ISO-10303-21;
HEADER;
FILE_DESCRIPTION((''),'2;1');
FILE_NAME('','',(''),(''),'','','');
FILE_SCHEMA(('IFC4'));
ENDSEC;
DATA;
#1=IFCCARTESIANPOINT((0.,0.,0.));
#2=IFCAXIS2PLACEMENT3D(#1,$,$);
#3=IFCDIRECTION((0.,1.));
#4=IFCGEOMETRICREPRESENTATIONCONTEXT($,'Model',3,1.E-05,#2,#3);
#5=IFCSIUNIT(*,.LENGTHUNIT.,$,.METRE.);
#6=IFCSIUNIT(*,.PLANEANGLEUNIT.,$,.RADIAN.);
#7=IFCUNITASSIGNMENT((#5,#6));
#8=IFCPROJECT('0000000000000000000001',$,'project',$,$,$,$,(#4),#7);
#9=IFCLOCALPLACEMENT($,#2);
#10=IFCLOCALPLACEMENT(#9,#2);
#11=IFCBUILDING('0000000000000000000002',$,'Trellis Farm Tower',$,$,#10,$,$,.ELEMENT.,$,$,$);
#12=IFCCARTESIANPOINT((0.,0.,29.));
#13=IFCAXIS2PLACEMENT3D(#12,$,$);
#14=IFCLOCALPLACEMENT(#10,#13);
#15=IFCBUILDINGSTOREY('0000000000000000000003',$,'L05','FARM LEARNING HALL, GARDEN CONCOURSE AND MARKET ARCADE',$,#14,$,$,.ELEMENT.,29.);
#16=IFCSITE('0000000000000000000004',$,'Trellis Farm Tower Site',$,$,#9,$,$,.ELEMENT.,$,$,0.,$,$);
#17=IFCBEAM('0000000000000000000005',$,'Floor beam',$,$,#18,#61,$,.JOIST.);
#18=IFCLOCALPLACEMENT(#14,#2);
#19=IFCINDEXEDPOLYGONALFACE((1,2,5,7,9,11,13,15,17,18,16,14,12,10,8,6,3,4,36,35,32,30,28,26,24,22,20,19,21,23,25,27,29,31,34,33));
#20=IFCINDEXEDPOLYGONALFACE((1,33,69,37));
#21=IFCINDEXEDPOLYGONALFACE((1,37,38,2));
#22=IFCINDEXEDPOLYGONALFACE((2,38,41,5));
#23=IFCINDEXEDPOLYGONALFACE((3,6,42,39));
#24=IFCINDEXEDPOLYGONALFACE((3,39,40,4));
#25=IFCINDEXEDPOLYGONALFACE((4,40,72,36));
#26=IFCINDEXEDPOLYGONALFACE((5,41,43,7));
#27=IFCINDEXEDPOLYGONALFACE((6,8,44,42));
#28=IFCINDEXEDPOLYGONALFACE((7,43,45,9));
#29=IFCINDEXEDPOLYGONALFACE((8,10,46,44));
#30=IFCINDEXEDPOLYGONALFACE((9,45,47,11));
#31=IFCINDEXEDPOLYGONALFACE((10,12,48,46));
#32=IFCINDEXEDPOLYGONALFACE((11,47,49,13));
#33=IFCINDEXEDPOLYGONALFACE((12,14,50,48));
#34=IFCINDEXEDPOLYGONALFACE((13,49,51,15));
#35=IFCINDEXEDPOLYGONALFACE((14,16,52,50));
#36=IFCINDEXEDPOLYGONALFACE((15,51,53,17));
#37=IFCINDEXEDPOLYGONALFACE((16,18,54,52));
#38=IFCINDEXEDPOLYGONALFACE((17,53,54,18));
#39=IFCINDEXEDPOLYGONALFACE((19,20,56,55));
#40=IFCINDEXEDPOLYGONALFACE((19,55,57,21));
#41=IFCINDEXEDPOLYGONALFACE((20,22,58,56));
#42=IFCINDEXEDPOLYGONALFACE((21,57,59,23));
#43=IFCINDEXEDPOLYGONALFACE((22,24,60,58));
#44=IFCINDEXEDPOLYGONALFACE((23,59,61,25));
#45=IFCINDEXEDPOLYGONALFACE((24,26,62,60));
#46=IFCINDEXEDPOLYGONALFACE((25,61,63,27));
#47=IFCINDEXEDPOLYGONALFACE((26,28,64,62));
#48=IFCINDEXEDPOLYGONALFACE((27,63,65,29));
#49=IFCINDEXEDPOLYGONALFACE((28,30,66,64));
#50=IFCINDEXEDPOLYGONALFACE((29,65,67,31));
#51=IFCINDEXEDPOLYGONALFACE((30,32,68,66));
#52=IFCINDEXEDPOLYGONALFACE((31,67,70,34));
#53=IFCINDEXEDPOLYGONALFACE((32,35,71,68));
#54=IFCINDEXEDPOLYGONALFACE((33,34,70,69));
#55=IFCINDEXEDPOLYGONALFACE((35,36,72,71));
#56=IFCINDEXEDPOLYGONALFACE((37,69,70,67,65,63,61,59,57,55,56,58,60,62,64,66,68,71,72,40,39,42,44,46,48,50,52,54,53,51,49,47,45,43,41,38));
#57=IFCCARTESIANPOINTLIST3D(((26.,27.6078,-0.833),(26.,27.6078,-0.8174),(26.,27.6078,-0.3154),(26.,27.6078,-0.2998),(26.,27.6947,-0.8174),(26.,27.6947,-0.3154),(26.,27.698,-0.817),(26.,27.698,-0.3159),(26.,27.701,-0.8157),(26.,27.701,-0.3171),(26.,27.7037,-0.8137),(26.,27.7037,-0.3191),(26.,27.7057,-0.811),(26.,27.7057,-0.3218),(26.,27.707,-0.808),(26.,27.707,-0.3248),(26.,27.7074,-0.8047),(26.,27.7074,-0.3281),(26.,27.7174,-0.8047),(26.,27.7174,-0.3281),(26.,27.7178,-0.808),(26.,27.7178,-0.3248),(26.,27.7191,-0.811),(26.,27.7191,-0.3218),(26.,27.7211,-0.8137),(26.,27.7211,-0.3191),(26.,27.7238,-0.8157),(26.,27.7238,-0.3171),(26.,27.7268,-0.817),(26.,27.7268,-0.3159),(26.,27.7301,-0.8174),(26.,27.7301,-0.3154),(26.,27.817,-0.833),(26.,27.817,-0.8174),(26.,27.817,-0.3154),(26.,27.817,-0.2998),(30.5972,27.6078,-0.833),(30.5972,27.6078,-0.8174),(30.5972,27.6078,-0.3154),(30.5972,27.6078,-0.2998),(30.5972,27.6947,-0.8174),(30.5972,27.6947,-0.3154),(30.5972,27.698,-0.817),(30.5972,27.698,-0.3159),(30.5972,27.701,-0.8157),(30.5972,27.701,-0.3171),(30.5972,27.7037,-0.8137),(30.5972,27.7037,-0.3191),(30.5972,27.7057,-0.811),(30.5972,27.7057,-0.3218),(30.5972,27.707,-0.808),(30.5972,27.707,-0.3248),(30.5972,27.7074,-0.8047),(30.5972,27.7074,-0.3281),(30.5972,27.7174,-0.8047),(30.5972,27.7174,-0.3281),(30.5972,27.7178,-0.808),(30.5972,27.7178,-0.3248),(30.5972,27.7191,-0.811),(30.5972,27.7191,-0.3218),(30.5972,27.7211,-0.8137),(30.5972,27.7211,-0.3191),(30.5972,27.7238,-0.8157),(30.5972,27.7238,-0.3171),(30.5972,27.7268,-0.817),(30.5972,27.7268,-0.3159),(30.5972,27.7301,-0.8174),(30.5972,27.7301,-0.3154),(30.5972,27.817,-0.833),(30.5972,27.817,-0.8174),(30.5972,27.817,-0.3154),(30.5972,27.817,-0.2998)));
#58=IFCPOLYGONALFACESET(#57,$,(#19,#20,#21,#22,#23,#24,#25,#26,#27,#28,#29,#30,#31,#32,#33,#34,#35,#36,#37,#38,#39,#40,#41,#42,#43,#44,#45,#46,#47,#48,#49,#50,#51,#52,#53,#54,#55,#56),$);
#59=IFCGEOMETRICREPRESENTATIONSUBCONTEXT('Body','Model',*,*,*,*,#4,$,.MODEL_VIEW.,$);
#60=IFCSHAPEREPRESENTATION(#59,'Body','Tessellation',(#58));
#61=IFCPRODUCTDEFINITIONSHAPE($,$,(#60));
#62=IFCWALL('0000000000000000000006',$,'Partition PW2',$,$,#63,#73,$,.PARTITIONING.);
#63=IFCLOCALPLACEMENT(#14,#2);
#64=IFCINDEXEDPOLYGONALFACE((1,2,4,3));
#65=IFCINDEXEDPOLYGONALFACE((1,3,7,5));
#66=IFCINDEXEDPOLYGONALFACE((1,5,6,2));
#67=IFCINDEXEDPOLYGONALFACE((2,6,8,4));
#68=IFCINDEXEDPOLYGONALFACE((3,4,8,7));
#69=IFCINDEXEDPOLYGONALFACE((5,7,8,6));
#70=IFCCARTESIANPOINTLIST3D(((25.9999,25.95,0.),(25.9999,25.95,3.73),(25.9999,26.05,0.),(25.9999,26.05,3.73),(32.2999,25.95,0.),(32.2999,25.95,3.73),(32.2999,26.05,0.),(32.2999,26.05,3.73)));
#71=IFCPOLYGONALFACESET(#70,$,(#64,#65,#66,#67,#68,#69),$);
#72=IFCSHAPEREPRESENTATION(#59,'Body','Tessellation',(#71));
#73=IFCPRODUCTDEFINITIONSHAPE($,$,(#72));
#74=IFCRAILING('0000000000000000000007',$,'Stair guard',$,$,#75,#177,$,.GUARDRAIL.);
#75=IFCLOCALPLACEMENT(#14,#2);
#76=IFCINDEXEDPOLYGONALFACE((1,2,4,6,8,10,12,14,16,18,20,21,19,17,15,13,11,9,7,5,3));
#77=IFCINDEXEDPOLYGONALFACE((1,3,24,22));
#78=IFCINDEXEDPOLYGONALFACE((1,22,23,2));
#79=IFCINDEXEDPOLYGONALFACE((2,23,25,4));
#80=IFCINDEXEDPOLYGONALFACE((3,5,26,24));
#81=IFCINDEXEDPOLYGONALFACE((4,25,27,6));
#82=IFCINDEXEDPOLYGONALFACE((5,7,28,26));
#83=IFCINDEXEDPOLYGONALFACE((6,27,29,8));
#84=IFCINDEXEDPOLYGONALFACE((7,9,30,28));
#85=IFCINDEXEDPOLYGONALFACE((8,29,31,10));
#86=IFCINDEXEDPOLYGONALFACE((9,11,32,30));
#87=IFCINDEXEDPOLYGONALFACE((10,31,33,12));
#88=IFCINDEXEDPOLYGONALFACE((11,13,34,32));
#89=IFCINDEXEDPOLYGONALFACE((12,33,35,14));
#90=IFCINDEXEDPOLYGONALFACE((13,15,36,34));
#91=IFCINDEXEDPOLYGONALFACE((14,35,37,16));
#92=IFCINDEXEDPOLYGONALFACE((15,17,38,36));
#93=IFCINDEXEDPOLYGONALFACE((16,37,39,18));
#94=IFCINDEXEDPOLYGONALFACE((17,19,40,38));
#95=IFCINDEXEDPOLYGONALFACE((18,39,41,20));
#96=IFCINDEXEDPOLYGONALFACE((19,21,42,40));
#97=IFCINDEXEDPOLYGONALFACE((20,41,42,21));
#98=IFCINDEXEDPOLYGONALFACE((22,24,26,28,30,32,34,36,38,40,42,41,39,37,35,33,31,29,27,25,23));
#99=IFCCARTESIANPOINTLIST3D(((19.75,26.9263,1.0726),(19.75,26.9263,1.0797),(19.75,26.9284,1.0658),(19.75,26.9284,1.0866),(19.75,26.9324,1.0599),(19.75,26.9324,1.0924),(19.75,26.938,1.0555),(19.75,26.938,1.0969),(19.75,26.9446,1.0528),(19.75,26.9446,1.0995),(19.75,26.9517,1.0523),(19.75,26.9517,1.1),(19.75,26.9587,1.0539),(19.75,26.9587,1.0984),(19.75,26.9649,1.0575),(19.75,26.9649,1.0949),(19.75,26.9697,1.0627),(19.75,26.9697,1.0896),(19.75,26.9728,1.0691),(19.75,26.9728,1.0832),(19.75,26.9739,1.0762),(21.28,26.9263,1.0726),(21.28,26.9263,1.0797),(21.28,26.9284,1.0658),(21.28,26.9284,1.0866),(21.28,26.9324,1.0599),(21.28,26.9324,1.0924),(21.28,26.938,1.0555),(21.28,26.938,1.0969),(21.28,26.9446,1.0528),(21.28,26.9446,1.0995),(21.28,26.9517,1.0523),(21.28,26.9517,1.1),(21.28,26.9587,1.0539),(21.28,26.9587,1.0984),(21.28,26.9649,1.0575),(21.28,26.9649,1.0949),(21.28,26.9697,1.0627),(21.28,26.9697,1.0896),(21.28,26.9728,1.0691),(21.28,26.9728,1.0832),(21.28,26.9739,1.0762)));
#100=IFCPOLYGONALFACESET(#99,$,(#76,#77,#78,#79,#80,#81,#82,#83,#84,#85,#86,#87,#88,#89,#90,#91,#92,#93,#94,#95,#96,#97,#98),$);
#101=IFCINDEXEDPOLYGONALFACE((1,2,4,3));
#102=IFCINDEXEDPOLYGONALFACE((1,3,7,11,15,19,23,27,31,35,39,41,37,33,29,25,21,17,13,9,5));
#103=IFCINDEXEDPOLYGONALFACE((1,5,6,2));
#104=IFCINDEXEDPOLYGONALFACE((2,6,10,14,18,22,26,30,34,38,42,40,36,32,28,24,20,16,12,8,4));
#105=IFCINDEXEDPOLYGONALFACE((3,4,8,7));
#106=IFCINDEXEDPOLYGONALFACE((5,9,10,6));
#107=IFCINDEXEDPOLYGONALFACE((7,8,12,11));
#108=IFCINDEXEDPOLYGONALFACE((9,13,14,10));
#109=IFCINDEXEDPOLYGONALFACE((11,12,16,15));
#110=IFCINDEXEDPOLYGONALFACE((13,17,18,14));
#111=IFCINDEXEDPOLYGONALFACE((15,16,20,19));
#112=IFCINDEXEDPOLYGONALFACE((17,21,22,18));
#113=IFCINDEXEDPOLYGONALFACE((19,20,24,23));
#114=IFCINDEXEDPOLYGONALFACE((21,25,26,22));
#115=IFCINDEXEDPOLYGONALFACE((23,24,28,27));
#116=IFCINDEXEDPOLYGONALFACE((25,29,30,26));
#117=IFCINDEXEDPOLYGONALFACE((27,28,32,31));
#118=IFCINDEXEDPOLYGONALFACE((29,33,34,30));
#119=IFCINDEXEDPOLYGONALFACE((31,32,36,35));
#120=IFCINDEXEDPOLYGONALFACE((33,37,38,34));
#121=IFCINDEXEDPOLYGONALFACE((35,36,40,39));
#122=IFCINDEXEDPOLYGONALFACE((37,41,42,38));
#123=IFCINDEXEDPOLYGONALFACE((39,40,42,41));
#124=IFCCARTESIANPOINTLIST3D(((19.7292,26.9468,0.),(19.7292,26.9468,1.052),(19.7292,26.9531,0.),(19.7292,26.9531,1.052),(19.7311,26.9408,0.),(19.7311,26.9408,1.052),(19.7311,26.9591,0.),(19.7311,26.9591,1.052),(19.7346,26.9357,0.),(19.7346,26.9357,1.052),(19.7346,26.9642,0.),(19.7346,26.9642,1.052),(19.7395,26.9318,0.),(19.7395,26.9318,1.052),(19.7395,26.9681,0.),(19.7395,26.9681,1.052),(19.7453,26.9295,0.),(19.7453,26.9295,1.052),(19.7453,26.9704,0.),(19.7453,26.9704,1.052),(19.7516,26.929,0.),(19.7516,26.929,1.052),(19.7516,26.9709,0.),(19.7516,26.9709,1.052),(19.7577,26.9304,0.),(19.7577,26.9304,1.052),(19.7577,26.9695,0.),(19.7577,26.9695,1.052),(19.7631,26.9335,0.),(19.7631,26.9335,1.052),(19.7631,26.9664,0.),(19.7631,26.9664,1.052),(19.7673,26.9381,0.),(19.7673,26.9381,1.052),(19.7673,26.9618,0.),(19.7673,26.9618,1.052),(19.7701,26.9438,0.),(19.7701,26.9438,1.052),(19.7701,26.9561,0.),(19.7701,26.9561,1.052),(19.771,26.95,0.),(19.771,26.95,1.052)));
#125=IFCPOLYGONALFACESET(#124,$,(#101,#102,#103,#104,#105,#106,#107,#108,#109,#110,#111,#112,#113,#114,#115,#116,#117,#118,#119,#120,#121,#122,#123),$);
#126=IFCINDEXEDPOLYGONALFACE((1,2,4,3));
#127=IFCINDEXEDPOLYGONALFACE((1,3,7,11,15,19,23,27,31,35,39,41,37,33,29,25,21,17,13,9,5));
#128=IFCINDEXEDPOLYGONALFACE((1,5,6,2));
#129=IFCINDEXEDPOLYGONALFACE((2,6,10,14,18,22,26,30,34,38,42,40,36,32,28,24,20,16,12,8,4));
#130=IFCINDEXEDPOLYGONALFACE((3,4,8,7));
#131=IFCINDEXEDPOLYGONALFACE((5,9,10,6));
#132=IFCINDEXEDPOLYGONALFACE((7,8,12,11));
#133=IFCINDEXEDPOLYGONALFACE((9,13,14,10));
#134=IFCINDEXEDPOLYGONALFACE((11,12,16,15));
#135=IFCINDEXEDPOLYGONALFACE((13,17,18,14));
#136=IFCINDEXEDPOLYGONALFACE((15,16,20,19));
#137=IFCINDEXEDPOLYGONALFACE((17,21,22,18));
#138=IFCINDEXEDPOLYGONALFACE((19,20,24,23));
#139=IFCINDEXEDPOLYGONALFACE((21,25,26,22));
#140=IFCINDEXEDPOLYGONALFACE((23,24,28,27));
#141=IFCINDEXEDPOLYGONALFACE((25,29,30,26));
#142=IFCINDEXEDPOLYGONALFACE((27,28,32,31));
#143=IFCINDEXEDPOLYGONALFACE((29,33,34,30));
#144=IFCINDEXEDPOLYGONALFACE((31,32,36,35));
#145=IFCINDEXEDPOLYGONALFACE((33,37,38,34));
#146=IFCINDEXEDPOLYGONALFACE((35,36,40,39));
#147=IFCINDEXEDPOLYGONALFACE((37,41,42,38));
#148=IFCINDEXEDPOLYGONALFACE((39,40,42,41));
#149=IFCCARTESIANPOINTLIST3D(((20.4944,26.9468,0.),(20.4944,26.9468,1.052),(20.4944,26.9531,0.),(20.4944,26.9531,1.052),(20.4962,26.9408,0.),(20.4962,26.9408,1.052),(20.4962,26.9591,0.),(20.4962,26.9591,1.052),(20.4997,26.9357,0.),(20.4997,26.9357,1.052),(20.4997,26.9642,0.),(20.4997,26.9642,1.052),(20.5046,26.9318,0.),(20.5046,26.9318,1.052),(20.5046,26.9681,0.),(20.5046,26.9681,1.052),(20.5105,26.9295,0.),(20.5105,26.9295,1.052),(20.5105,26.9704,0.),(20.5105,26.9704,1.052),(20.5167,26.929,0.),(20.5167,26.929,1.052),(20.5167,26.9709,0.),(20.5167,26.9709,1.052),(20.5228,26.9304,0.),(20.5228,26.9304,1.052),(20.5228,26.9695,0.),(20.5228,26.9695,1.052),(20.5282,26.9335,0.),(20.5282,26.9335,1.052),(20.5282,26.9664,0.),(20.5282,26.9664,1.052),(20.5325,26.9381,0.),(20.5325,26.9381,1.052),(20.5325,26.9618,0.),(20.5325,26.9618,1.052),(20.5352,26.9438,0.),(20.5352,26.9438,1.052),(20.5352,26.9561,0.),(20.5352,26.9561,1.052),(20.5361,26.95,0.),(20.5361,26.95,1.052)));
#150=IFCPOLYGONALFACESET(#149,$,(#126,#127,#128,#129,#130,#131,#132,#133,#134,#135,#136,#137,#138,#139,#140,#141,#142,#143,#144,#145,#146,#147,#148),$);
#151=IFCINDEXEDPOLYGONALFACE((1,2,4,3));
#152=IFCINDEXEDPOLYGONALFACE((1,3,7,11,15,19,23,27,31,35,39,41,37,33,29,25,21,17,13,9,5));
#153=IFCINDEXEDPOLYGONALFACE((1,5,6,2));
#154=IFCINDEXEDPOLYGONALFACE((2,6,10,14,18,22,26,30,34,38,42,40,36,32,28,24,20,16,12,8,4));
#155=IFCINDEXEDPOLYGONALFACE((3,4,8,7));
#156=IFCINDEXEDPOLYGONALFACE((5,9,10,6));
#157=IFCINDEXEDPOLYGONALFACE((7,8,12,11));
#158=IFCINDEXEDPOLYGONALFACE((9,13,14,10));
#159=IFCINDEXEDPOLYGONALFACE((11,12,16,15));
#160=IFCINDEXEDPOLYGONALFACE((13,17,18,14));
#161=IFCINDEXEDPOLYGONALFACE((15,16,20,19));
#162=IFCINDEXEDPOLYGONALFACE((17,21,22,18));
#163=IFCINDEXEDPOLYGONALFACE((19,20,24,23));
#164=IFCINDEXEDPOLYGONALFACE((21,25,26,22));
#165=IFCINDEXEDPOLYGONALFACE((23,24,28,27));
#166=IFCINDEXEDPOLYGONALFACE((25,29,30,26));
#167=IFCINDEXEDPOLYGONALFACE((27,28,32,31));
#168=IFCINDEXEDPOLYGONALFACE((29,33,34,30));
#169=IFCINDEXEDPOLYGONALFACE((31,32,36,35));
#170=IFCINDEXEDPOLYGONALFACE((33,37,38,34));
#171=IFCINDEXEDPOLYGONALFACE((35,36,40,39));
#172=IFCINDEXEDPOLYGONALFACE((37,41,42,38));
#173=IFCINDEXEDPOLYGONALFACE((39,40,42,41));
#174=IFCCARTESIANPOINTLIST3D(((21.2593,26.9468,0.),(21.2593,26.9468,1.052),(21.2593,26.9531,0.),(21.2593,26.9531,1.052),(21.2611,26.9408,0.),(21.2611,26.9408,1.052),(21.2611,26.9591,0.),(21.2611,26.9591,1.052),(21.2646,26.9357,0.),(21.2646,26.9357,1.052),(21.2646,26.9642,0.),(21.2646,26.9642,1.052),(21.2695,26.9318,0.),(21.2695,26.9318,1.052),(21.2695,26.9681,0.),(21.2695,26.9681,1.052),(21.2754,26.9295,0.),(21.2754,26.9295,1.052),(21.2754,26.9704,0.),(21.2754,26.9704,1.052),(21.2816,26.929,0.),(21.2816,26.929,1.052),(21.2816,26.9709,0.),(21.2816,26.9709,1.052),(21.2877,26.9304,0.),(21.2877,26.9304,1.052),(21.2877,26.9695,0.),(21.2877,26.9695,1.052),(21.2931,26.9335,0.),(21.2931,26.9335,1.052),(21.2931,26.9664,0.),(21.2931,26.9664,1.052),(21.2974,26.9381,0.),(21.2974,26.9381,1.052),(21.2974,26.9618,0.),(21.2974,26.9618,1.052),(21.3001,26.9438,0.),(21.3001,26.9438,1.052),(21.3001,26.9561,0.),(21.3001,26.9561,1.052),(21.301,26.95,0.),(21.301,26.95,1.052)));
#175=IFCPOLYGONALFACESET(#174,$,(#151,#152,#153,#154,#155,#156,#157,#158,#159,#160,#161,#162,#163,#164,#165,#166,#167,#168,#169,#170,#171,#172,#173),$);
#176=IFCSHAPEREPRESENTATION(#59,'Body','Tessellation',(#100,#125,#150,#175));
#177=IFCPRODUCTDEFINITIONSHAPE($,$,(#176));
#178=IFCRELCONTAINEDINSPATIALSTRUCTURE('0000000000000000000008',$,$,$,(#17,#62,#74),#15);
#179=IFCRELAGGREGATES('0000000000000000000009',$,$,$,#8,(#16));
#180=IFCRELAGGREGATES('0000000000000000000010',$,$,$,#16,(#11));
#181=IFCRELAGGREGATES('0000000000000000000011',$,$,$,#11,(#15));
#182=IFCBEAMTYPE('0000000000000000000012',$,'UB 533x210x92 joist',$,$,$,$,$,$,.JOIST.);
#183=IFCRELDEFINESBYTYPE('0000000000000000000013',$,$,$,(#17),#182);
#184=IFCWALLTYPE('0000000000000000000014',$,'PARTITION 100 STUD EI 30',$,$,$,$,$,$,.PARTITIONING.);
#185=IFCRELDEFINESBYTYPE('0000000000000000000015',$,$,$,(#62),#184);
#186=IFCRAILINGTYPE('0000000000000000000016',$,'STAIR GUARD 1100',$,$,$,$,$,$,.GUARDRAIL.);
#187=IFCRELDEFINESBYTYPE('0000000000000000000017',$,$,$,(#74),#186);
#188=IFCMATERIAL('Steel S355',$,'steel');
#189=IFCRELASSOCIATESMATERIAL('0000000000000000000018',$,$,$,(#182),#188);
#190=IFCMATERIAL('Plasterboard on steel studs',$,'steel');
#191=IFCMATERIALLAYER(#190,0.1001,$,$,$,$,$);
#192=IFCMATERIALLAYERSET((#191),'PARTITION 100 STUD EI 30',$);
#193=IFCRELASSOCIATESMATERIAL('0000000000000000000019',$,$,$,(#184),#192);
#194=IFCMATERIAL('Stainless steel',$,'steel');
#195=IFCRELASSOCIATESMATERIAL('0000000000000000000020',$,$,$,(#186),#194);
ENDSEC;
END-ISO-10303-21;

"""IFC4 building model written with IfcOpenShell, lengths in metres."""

from ifc_helpers import new_model, si_unit, direction, frame, frame_2d, origin, origin_2d, place, context, subcontext, project, spatial, rectangle, circle, i_section, extrude, source, transform, mapped, material, layer, layer_set, material_profile, profile_set, type_object, element, save


model = new_model("IFC4")

# Units and contexts
model_context = context("Model", 3, precision=1e-05, world=origin(), true_north=direction((0.0, 1.0)))
body_context = subcontext(model_context, "Body", "Model", "MODEL_VIEW")
ifc_project = project(units=[si_unit("LENGTHUNIT", "METRE"), si_unit("PLANEANGLEUNIT", "RADIAN")], contexts=[model_context])

# Site, building, storey
site_placement = place(None, origin())
site = spatial("IfcSite", under=ifc_project, at=site_placement, Name="Trellis Farm Tower Site", CompositionType="ELEMENT", RefElevation=0.0)
building_placement = place(site_placement, origin())
building = spatial("IfcBuilding", under=site, at=building_placement, Name="Trellis Farm Tower", CompositionType="ELEMENT")
storey_placement = place(building_placement, frame((0.0, 0.0, 29.0)))
storey = spatial("IfcBuildingStorey", under=building, at=storey_placement, Name="L05", Description="FARM LEARNING HALL, GARDEN CONCOURSE AND MARKET ARCADE", CompositionType="ELEMENT", Elevation=29.0)

# Beam
ifc_material_1 = material(Name="Steel S355", Category="steel")
ifc_material_profile = material_profile(ifc_material_1, i_section(OverallWidth=0.2092, OverallDepth=0.5332, WebThickness=0.01, FlangeThickness=0.0156, FilletRadius=0.0127, at=origin_2d()), Name="UB 533x210x92")
ifc_profile_set = profile_set([ifc_material_profile], Name="Steel S355")
beam_type = type_object("IfcBeamType", Name="UB 533x210x92 joist", PredefinedType="JOIST", material=ifc_profile_set)
shared_shape_1 = source(origin(), body_context, "Body", "SweptSolid", [
    extrude(i_section(OverallWidth=0.2092, OverallDepth=0.5332, WebThickness=0.01, FlangeThickness=0.0156, FilletRadius=0.0127, at=origin_2d()), origin(), (0.0, 0.0, 1.0), 4.5972),
])
beam_placement = place(storey_placement, frame((26.0, 27.7124, -0.5664), z_axis=(1.0, 0.0, 0.0), x_axis=(0.0, 1.0, 0.0)))
element("IfcBeam", 1, at=beam_placement, inside=storey, type_object=beam_type, Name="Floor beam", PredefinedType="JOIST", context=body_context, shape_type="MappedRepresentation", body=[
    mapped(shared_shape_1, transform((0.0, 0.0, 0.0))),
])

# Wall
ifc_material_2 = material(Name="Plasterboard on steel studs", Category="steel")
ifc_layer = layer(ifc_material_2, 0.1001)
ifc_layer_set = layer_set([ifc_layer], Name="PARTITION 100 STUD EI 30")
wall_type = type_object("IfcWallType", Name="PARTITION 100 STUD EI 30", PredefinedType="PARTITIONING", material=ifc_layer_set)
shared_shape_2 = source(origin(), body_context, "Body", "SweptSolid", [
    extrude(rectangle(XDim=6.3, YDim=0.1001, at=frame_2d((3.1499, 0.0))), origin(), (0.0, 0.0, 1.0), 3.73),
])
wall_placement = place(storey_placement, frame((26.0, 26.0, 0.0), z_axis=(0.0, 0.0, 1.0), x_axis=(1.0, 0.0, 0.0)))
element("IfcWall", 2, at=wall_placement, inside=storey, type_object=wall_type, Name="Partition PW2", PredefinedType="PARTITIONING", context=body_context, shape_type="MappedRepresentation", body=[
    mapped(shared_shape_2, transform((0.0, 0.0, 0.0))),
])

# Railing
ifc_material_3 = material(Name="Stainless steel", Category="steel")
railing_type = type_object("IfcRailingType", Name="STAIR GUARD 1100", PredefinedType="GUARDRAIL", material=ifc_material_3)
shared_shape_3 = source(origin(), body_context, "Body", "SweptSolid", [
    extrude(circle(Radius=0.0239, at=origin_2d()), frame((0.0, 0.0, 1.0762), z_axis=(1.0, 0.0, 0.0), x_axis=(0.0, 1.0, 0.0)), (0.0, 0.0, 1.0), 1.53),
    extrude(circle(Radius=0.021, at=origin_2d()), origin(), (0.0, 0.0, 1.0), 1.052),
    extrude(circle(Radius=0.021, at=origin_2d()), frame((0.7651, 0.0, 0.0)), (0.0, 0.0, 1.0), 1.052),
    extrude(circle(Radius=0.021, at=origin_2d()), frame((1.53, 0.0, 0.0)), (0.0, 0.0, 1.0), 1.052),
])
for number, where, name in (
    (3, (19.75, 26.95, 0.0), "Stair guard"),
):
    element("IfcRailing", number, at=place(storey_placement, frame(where)), inside=storey, type_object=railing_type, Name=name, PredefinedType="GUARDRAIL", context=body_context, shape_type="MappedRepresentation", body=[
        mapped(shared_shape_3, transform((0.0, 0.0, 0.0))),
    ])

save(model, "model.ifc")
